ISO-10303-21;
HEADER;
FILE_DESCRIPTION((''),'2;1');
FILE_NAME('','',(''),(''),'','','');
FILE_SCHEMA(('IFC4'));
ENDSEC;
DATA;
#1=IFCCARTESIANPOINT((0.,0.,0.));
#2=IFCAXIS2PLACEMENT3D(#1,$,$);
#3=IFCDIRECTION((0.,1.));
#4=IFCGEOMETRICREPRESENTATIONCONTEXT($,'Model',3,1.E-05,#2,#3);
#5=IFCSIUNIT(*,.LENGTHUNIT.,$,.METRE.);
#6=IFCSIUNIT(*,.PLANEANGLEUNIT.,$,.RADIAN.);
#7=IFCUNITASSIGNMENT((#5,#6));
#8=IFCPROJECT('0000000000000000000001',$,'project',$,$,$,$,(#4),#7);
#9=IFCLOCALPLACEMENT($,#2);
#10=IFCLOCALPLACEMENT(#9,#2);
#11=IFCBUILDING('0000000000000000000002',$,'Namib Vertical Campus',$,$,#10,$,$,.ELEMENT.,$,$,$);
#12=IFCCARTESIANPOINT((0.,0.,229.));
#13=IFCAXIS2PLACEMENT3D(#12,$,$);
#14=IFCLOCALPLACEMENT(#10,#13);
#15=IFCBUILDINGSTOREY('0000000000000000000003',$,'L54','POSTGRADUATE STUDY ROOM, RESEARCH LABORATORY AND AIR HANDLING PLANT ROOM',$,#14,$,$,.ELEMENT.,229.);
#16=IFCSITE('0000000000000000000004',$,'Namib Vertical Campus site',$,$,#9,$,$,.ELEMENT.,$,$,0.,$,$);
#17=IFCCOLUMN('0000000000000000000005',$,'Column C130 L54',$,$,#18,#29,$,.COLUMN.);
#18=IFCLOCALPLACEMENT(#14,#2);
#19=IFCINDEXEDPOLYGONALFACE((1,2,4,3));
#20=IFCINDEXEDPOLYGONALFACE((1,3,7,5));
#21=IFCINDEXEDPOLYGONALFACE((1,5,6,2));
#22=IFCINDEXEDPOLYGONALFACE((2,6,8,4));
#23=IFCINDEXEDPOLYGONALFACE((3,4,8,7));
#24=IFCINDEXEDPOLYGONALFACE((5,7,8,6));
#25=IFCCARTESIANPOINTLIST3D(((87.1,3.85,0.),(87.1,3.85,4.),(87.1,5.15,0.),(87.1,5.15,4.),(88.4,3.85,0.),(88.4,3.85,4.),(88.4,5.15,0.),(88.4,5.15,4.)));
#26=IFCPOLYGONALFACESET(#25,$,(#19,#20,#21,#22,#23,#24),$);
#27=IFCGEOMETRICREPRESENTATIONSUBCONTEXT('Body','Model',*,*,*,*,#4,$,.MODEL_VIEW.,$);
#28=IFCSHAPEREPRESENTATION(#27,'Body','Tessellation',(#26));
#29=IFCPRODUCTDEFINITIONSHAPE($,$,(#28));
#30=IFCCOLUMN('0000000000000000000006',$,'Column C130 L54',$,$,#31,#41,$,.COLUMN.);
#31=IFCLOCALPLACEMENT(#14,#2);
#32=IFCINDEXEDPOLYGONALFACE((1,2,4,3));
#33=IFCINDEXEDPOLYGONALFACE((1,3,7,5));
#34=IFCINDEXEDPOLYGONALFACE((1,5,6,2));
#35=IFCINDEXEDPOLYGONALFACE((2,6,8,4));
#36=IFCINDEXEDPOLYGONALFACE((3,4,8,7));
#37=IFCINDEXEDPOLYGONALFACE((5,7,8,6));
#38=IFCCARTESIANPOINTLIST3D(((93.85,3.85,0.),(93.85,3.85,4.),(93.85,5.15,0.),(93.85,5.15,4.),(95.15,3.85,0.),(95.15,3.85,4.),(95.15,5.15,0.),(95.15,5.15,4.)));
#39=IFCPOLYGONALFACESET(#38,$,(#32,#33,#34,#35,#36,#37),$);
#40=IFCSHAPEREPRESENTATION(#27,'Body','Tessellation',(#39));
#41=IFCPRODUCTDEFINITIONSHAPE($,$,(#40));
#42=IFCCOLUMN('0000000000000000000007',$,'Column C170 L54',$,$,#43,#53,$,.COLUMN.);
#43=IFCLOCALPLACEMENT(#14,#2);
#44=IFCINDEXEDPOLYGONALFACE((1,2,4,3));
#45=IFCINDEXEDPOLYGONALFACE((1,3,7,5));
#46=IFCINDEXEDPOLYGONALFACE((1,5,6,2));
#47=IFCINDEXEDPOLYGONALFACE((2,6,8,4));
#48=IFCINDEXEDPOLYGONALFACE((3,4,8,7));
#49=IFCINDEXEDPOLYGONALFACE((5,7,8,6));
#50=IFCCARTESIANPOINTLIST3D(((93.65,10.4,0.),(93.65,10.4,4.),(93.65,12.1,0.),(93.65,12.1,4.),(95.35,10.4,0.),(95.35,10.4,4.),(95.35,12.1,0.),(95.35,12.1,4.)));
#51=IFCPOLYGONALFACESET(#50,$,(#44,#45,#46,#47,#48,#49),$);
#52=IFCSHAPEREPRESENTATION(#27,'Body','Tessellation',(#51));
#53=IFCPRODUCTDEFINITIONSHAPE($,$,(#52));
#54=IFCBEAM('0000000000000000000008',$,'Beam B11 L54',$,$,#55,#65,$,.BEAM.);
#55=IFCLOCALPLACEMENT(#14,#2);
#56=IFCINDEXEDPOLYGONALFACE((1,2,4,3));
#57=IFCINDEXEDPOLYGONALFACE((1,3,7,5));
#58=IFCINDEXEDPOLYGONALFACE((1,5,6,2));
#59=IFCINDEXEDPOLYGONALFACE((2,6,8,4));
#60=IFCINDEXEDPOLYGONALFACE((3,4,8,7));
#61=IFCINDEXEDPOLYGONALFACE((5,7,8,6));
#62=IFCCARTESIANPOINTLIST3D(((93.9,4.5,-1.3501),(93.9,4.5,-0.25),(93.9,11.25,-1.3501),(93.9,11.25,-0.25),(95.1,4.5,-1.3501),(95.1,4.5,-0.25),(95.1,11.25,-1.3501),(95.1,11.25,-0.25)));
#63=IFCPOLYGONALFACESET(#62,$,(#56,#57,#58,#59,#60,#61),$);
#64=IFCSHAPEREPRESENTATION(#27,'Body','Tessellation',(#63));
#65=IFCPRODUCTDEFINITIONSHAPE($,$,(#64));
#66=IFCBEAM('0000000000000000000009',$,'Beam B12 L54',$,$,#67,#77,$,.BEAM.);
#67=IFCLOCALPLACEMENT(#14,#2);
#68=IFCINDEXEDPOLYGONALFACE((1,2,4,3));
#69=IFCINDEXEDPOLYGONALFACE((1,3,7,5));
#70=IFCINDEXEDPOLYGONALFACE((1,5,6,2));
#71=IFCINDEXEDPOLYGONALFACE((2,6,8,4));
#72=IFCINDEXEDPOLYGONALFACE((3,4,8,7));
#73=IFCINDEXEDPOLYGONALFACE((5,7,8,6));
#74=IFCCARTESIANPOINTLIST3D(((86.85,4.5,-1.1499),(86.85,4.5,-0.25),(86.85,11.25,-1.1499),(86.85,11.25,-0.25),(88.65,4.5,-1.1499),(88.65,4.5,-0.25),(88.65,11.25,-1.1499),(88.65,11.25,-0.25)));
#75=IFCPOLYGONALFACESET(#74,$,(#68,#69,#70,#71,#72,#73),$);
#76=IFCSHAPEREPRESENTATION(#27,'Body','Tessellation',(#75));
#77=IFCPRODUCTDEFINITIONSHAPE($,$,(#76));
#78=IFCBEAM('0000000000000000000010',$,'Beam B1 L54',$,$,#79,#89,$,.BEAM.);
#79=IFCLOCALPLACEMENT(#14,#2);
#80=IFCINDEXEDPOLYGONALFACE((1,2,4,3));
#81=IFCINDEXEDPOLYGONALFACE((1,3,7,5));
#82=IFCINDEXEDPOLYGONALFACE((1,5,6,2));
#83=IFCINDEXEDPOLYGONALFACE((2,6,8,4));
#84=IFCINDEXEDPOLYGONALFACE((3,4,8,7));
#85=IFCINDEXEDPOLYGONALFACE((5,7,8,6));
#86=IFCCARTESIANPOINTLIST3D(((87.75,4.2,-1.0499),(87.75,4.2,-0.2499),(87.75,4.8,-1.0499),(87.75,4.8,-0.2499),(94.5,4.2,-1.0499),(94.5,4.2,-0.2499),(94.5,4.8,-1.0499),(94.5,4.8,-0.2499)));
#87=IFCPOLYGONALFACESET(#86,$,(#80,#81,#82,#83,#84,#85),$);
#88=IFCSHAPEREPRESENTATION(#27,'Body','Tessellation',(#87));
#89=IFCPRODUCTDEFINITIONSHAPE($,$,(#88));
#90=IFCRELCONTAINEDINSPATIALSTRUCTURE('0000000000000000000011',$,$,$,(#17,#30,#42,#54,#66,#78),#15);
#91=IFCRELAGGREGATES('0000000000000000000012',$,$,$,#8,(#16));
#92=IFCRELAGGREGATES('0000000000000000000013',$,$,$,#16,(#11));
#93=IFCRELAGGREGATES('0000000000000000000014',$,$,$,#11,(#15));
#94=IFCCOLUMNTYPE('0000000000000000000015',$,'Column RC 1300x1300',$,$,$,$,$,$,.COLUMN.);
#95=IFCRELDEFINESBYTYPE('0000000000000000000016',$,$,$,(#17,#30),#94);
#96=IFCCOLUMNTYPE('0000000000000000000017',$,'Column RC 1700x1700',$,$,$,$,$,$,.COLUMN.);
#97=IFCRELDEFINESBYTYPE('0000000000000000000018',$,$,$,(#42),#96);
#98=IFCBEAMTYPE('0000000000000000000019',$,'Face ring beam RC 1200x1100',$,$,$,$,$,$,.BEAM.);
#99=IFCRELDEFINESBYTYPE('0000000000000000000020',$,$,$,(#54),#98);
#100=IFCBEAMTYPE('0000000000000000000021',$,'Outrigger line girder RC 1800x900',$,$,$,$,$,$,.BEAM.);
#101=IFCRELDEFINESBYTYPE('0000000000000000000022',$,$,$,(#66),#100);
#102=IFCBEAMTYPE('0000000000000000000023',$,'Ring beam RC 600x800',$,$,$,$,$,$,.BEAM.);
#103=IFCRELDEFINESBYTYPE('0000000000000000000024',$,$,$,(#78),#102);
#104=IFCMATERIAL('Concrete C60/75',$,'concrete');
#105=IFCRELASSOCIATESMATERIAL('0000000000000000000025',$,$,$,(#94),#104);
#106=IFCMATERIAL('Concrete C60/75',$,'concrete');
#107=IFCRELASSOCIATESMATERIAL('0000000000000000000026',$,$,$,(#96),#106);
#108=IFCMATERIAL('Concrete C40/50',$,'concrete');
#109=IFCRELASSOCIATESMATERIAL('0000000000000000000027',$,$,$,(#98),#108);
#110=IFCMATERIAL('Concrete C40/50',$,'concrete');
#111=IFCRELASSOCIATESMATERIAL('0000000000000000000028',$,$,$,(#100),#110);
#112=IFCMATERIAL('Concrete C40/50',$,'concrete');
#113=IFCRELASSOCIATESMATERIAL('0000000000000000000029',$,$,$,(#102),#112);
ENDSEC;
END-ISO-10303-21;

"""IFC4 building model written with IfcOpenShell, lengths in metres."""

from ifc_helpers import new_model, si_unit, direction, frame, origin, origin_2d, place, context, subcontext, project, spatial, rectangle, extrude, material, material_profile, profile_set, type_object, element, save


model = new_model("IFC4")

# Units and contexts
model_context = context("Model", 3, precision=1e-05, world=origin(), true_north=direction((0.0, 1.0)))
body_context = subcontext(model_context, "Body", "Model", "MODEL_VIEW")
ifc_project = project(units=[si_unit("LENGTHUNIT", "METRE"), si_unit("PLANEANGLEUNIT", "RADIAN")], contexts=[model_context])

# Site, building, storey
site_placement = place(None, origin())
site = spatial("IfcSite", under=ifc_project, at=site_placement, Name="Namib Vertical Campus site", CompositionType="ELEMENT", RefElevation=0.0)
building_placement = place(site_placement, origin())
building = spatial("IfcBuilding", under=site, at=building_placement, Name="Namib Vertical Campus", CompositionType="ELEMENT")
storey_placement = place(building_placement, frame((0.0, 0.0, 229.0)))
storey = spatial("IfcBuildingStorey", under=building, at=storey_placement, Name="L54", Description="POSTGRADUATE STUDY ROOM, RESEARCH LABORATORY AND AIR HANDLING PLANT ROOM", CompositionType="ELEMENT", Elevation=229.0)

# Columns
ifc_material_1 = material(Name="Concrete C60/75", Category="concrete")
ifc_material_profile_1 = material_profile(ifc_material_1, rectangle(XDim=1.3, YDim=1.3, at=origin_2d()))
ifc_profile_set_1 = profile_set([ifc_material_profile_1], Name="Concrete C60/75")
column_type_1 = type_object("IfcColumnType", Name="Column RC 1300x1300", PredefinedType="COLUMN", material=ifc_profile_set_1)
for number, where, z_axis, x_axis, name in (
    (1, (87.75, 4.5, 0.0), (0.0, 0.0, 1.0), (1.0, 0.0, 0.0), "Column C130 L54"),
    (2, (94.5, 4.5, 0.0), (0.0, 0.0, 1.0), (1.0, 0.0, 0.0), "Column C130 L54"),
):
    element("IfcColumn", number, at=place(storey_placement, frame(where, z_axis=z_axis, x_axis=x_axis)), inside=storey, type_object=column_type_1, Name=name, PredefinedType="COLUMN", context=body_context, shape_type="SweptSolid", body=[
        extrude(rectangle(XDim=1.3, YDim=1.3, at=origin_2d()), origin(), (0.0, 0.0, 1.0), 4.0),
    ])
ifc_material_2 = material(Name="Concrete C60/75", Category="concrete")
ifc_material_profile_2 = material_profile(ifc_material_2, rectangle(XDim=1.7, YDim=1.7, at=origin_2d()))
ifc_profile_set_2 = profile_set([ifc_material_profile_2], Name="Concrete C60/75")
column_type_2 = type_object("IfcColumnType", Name="Column RC 1700x1700", PredefinedType="COLUMN", material=ifc_profile_set_2)
column_placement = place(storey_placement, frame((94.5, 11.25, 0.0), z_axis=(0.0, 0.0, 1.0), x_axis=(1.0, 0.0, 0.0)))
element("IfcColumn", 3, at=column_placement, inside=storey, type_object=column_type_2, Name="Column C170 L54", PredefinedType="COLUMN", context=body_context, shape_type="SweptSolid", body=[
    extrude(rectangle(XDim=1.7, YDim=1.7, at=origin_2d()), origin(), (0.0, 0.0, 1.0), 4.0),
])

# Beams
ifc_material_3 = material(Name="Concrete C40/50", Category="concrete")
ifc_material_profile_3 = material_profile(ifc_material_3, rectangle(XDim=1.2, YDim=1.1001, at=origin_2d()))
ifc_profile_set_3 = profile_set([ifc_material_profile_3], Name="Concrete C40/50")
beam_type_1 = type_object("IfcBeamType", Name="Face ring beam RC 1200x1100", PredefinedType="BEAM", material=ifc_profile_set_3)
beam_1_placement = place(storey_placement, frame((94.5, 4.5, -0.8), z_axis=(0.0, 1.0, 0.0), x_axis=(-1.0, 0.0, 0.0)))
element("IfcBeam", 4, at=beam_1_placement, inside=storey, type_object=beam_type_1, Name="Beam B11 L54", PredefinedType="BEAM", context=body_context, shape_type="SweptSolid", body=[
    extrude(rectangle(XDim=1.2, YDim=1.1001, at=origin_2d()), origin(), (0.0, 0.0, 1.0), 6.75),
])
ifc_material_4 = material(Name="Concrete C40/50", Category="concrete")
ifc_material_profile_4 = material_profile(ifc_material_4, rectangle(XDim=1.8, YDim=0.8999, at=origin_2d()))
ifc_profile_set_4 = profile_set([ifc_material_profile_4], Name="Concrete C40/50")
beam_type_2 = type_object("IfcBeamType", Name="Outrigger line girder RC 1800x900", PredefinedType="BEAM", material=ifc_profile_set_4)
beam_2_placement = place(storey_placement, frame((87.75, 4.5, -0.7), z_axis=(0.0, 1.0, 0.0), x_axis=(-1.0, 0.0, 0.0)))
element("IfcBeam", 5, at=beam_2_placement, inside=storey, type_object=beam_type_2, Name="Beam B12 L54", PredefinedType="BEAM", context=body_context, shape_type="SweptSolid", body=[
    extrude(rectangle(XDim=1.8, YDim=0.8999, at=origin_2d()), origin(), (0.0, 0.0, 1.0), 6.75),
])
ifc_material_5 = material(Name="Concrete C40/50", Category="concrete")
ifc_material_profile_5 = material_profile(ifc_material_5, rectangle(XDim=0.6001, YDim=0.8, at=origin_2d()))
ifc_profile_set_5 = profile_set([ifc_material_profile_5], Name="Concrete C40/50")
beam_type_3 = type_object("IfcBeamType", Name="Ring beam RC 600x800", PredefinedType="BEAM", material=ifc_profile_set_5)
beam_3_placement = place(storey_placement, frame((87.75, 4.5, -0.6499), z_axis=(1.0, 0.0, 0.0), x_axis=(0.0, 1.0, 0.0)))
element("IfcBeam", 6, at=beam_3_placement, inside=storey, type_object=beam_type_3, Name="Beam B1 L54", PredefinedType="BEAM", context=body_context, shape_type="SweptSolid", body=[
    extrude(rectangle(XDim=0.6001, YDim=0.8, at=origin_2d()), origin(), (0.0, 0.0, 1.0), 6.75),
])

save(model, "model.ifc")
